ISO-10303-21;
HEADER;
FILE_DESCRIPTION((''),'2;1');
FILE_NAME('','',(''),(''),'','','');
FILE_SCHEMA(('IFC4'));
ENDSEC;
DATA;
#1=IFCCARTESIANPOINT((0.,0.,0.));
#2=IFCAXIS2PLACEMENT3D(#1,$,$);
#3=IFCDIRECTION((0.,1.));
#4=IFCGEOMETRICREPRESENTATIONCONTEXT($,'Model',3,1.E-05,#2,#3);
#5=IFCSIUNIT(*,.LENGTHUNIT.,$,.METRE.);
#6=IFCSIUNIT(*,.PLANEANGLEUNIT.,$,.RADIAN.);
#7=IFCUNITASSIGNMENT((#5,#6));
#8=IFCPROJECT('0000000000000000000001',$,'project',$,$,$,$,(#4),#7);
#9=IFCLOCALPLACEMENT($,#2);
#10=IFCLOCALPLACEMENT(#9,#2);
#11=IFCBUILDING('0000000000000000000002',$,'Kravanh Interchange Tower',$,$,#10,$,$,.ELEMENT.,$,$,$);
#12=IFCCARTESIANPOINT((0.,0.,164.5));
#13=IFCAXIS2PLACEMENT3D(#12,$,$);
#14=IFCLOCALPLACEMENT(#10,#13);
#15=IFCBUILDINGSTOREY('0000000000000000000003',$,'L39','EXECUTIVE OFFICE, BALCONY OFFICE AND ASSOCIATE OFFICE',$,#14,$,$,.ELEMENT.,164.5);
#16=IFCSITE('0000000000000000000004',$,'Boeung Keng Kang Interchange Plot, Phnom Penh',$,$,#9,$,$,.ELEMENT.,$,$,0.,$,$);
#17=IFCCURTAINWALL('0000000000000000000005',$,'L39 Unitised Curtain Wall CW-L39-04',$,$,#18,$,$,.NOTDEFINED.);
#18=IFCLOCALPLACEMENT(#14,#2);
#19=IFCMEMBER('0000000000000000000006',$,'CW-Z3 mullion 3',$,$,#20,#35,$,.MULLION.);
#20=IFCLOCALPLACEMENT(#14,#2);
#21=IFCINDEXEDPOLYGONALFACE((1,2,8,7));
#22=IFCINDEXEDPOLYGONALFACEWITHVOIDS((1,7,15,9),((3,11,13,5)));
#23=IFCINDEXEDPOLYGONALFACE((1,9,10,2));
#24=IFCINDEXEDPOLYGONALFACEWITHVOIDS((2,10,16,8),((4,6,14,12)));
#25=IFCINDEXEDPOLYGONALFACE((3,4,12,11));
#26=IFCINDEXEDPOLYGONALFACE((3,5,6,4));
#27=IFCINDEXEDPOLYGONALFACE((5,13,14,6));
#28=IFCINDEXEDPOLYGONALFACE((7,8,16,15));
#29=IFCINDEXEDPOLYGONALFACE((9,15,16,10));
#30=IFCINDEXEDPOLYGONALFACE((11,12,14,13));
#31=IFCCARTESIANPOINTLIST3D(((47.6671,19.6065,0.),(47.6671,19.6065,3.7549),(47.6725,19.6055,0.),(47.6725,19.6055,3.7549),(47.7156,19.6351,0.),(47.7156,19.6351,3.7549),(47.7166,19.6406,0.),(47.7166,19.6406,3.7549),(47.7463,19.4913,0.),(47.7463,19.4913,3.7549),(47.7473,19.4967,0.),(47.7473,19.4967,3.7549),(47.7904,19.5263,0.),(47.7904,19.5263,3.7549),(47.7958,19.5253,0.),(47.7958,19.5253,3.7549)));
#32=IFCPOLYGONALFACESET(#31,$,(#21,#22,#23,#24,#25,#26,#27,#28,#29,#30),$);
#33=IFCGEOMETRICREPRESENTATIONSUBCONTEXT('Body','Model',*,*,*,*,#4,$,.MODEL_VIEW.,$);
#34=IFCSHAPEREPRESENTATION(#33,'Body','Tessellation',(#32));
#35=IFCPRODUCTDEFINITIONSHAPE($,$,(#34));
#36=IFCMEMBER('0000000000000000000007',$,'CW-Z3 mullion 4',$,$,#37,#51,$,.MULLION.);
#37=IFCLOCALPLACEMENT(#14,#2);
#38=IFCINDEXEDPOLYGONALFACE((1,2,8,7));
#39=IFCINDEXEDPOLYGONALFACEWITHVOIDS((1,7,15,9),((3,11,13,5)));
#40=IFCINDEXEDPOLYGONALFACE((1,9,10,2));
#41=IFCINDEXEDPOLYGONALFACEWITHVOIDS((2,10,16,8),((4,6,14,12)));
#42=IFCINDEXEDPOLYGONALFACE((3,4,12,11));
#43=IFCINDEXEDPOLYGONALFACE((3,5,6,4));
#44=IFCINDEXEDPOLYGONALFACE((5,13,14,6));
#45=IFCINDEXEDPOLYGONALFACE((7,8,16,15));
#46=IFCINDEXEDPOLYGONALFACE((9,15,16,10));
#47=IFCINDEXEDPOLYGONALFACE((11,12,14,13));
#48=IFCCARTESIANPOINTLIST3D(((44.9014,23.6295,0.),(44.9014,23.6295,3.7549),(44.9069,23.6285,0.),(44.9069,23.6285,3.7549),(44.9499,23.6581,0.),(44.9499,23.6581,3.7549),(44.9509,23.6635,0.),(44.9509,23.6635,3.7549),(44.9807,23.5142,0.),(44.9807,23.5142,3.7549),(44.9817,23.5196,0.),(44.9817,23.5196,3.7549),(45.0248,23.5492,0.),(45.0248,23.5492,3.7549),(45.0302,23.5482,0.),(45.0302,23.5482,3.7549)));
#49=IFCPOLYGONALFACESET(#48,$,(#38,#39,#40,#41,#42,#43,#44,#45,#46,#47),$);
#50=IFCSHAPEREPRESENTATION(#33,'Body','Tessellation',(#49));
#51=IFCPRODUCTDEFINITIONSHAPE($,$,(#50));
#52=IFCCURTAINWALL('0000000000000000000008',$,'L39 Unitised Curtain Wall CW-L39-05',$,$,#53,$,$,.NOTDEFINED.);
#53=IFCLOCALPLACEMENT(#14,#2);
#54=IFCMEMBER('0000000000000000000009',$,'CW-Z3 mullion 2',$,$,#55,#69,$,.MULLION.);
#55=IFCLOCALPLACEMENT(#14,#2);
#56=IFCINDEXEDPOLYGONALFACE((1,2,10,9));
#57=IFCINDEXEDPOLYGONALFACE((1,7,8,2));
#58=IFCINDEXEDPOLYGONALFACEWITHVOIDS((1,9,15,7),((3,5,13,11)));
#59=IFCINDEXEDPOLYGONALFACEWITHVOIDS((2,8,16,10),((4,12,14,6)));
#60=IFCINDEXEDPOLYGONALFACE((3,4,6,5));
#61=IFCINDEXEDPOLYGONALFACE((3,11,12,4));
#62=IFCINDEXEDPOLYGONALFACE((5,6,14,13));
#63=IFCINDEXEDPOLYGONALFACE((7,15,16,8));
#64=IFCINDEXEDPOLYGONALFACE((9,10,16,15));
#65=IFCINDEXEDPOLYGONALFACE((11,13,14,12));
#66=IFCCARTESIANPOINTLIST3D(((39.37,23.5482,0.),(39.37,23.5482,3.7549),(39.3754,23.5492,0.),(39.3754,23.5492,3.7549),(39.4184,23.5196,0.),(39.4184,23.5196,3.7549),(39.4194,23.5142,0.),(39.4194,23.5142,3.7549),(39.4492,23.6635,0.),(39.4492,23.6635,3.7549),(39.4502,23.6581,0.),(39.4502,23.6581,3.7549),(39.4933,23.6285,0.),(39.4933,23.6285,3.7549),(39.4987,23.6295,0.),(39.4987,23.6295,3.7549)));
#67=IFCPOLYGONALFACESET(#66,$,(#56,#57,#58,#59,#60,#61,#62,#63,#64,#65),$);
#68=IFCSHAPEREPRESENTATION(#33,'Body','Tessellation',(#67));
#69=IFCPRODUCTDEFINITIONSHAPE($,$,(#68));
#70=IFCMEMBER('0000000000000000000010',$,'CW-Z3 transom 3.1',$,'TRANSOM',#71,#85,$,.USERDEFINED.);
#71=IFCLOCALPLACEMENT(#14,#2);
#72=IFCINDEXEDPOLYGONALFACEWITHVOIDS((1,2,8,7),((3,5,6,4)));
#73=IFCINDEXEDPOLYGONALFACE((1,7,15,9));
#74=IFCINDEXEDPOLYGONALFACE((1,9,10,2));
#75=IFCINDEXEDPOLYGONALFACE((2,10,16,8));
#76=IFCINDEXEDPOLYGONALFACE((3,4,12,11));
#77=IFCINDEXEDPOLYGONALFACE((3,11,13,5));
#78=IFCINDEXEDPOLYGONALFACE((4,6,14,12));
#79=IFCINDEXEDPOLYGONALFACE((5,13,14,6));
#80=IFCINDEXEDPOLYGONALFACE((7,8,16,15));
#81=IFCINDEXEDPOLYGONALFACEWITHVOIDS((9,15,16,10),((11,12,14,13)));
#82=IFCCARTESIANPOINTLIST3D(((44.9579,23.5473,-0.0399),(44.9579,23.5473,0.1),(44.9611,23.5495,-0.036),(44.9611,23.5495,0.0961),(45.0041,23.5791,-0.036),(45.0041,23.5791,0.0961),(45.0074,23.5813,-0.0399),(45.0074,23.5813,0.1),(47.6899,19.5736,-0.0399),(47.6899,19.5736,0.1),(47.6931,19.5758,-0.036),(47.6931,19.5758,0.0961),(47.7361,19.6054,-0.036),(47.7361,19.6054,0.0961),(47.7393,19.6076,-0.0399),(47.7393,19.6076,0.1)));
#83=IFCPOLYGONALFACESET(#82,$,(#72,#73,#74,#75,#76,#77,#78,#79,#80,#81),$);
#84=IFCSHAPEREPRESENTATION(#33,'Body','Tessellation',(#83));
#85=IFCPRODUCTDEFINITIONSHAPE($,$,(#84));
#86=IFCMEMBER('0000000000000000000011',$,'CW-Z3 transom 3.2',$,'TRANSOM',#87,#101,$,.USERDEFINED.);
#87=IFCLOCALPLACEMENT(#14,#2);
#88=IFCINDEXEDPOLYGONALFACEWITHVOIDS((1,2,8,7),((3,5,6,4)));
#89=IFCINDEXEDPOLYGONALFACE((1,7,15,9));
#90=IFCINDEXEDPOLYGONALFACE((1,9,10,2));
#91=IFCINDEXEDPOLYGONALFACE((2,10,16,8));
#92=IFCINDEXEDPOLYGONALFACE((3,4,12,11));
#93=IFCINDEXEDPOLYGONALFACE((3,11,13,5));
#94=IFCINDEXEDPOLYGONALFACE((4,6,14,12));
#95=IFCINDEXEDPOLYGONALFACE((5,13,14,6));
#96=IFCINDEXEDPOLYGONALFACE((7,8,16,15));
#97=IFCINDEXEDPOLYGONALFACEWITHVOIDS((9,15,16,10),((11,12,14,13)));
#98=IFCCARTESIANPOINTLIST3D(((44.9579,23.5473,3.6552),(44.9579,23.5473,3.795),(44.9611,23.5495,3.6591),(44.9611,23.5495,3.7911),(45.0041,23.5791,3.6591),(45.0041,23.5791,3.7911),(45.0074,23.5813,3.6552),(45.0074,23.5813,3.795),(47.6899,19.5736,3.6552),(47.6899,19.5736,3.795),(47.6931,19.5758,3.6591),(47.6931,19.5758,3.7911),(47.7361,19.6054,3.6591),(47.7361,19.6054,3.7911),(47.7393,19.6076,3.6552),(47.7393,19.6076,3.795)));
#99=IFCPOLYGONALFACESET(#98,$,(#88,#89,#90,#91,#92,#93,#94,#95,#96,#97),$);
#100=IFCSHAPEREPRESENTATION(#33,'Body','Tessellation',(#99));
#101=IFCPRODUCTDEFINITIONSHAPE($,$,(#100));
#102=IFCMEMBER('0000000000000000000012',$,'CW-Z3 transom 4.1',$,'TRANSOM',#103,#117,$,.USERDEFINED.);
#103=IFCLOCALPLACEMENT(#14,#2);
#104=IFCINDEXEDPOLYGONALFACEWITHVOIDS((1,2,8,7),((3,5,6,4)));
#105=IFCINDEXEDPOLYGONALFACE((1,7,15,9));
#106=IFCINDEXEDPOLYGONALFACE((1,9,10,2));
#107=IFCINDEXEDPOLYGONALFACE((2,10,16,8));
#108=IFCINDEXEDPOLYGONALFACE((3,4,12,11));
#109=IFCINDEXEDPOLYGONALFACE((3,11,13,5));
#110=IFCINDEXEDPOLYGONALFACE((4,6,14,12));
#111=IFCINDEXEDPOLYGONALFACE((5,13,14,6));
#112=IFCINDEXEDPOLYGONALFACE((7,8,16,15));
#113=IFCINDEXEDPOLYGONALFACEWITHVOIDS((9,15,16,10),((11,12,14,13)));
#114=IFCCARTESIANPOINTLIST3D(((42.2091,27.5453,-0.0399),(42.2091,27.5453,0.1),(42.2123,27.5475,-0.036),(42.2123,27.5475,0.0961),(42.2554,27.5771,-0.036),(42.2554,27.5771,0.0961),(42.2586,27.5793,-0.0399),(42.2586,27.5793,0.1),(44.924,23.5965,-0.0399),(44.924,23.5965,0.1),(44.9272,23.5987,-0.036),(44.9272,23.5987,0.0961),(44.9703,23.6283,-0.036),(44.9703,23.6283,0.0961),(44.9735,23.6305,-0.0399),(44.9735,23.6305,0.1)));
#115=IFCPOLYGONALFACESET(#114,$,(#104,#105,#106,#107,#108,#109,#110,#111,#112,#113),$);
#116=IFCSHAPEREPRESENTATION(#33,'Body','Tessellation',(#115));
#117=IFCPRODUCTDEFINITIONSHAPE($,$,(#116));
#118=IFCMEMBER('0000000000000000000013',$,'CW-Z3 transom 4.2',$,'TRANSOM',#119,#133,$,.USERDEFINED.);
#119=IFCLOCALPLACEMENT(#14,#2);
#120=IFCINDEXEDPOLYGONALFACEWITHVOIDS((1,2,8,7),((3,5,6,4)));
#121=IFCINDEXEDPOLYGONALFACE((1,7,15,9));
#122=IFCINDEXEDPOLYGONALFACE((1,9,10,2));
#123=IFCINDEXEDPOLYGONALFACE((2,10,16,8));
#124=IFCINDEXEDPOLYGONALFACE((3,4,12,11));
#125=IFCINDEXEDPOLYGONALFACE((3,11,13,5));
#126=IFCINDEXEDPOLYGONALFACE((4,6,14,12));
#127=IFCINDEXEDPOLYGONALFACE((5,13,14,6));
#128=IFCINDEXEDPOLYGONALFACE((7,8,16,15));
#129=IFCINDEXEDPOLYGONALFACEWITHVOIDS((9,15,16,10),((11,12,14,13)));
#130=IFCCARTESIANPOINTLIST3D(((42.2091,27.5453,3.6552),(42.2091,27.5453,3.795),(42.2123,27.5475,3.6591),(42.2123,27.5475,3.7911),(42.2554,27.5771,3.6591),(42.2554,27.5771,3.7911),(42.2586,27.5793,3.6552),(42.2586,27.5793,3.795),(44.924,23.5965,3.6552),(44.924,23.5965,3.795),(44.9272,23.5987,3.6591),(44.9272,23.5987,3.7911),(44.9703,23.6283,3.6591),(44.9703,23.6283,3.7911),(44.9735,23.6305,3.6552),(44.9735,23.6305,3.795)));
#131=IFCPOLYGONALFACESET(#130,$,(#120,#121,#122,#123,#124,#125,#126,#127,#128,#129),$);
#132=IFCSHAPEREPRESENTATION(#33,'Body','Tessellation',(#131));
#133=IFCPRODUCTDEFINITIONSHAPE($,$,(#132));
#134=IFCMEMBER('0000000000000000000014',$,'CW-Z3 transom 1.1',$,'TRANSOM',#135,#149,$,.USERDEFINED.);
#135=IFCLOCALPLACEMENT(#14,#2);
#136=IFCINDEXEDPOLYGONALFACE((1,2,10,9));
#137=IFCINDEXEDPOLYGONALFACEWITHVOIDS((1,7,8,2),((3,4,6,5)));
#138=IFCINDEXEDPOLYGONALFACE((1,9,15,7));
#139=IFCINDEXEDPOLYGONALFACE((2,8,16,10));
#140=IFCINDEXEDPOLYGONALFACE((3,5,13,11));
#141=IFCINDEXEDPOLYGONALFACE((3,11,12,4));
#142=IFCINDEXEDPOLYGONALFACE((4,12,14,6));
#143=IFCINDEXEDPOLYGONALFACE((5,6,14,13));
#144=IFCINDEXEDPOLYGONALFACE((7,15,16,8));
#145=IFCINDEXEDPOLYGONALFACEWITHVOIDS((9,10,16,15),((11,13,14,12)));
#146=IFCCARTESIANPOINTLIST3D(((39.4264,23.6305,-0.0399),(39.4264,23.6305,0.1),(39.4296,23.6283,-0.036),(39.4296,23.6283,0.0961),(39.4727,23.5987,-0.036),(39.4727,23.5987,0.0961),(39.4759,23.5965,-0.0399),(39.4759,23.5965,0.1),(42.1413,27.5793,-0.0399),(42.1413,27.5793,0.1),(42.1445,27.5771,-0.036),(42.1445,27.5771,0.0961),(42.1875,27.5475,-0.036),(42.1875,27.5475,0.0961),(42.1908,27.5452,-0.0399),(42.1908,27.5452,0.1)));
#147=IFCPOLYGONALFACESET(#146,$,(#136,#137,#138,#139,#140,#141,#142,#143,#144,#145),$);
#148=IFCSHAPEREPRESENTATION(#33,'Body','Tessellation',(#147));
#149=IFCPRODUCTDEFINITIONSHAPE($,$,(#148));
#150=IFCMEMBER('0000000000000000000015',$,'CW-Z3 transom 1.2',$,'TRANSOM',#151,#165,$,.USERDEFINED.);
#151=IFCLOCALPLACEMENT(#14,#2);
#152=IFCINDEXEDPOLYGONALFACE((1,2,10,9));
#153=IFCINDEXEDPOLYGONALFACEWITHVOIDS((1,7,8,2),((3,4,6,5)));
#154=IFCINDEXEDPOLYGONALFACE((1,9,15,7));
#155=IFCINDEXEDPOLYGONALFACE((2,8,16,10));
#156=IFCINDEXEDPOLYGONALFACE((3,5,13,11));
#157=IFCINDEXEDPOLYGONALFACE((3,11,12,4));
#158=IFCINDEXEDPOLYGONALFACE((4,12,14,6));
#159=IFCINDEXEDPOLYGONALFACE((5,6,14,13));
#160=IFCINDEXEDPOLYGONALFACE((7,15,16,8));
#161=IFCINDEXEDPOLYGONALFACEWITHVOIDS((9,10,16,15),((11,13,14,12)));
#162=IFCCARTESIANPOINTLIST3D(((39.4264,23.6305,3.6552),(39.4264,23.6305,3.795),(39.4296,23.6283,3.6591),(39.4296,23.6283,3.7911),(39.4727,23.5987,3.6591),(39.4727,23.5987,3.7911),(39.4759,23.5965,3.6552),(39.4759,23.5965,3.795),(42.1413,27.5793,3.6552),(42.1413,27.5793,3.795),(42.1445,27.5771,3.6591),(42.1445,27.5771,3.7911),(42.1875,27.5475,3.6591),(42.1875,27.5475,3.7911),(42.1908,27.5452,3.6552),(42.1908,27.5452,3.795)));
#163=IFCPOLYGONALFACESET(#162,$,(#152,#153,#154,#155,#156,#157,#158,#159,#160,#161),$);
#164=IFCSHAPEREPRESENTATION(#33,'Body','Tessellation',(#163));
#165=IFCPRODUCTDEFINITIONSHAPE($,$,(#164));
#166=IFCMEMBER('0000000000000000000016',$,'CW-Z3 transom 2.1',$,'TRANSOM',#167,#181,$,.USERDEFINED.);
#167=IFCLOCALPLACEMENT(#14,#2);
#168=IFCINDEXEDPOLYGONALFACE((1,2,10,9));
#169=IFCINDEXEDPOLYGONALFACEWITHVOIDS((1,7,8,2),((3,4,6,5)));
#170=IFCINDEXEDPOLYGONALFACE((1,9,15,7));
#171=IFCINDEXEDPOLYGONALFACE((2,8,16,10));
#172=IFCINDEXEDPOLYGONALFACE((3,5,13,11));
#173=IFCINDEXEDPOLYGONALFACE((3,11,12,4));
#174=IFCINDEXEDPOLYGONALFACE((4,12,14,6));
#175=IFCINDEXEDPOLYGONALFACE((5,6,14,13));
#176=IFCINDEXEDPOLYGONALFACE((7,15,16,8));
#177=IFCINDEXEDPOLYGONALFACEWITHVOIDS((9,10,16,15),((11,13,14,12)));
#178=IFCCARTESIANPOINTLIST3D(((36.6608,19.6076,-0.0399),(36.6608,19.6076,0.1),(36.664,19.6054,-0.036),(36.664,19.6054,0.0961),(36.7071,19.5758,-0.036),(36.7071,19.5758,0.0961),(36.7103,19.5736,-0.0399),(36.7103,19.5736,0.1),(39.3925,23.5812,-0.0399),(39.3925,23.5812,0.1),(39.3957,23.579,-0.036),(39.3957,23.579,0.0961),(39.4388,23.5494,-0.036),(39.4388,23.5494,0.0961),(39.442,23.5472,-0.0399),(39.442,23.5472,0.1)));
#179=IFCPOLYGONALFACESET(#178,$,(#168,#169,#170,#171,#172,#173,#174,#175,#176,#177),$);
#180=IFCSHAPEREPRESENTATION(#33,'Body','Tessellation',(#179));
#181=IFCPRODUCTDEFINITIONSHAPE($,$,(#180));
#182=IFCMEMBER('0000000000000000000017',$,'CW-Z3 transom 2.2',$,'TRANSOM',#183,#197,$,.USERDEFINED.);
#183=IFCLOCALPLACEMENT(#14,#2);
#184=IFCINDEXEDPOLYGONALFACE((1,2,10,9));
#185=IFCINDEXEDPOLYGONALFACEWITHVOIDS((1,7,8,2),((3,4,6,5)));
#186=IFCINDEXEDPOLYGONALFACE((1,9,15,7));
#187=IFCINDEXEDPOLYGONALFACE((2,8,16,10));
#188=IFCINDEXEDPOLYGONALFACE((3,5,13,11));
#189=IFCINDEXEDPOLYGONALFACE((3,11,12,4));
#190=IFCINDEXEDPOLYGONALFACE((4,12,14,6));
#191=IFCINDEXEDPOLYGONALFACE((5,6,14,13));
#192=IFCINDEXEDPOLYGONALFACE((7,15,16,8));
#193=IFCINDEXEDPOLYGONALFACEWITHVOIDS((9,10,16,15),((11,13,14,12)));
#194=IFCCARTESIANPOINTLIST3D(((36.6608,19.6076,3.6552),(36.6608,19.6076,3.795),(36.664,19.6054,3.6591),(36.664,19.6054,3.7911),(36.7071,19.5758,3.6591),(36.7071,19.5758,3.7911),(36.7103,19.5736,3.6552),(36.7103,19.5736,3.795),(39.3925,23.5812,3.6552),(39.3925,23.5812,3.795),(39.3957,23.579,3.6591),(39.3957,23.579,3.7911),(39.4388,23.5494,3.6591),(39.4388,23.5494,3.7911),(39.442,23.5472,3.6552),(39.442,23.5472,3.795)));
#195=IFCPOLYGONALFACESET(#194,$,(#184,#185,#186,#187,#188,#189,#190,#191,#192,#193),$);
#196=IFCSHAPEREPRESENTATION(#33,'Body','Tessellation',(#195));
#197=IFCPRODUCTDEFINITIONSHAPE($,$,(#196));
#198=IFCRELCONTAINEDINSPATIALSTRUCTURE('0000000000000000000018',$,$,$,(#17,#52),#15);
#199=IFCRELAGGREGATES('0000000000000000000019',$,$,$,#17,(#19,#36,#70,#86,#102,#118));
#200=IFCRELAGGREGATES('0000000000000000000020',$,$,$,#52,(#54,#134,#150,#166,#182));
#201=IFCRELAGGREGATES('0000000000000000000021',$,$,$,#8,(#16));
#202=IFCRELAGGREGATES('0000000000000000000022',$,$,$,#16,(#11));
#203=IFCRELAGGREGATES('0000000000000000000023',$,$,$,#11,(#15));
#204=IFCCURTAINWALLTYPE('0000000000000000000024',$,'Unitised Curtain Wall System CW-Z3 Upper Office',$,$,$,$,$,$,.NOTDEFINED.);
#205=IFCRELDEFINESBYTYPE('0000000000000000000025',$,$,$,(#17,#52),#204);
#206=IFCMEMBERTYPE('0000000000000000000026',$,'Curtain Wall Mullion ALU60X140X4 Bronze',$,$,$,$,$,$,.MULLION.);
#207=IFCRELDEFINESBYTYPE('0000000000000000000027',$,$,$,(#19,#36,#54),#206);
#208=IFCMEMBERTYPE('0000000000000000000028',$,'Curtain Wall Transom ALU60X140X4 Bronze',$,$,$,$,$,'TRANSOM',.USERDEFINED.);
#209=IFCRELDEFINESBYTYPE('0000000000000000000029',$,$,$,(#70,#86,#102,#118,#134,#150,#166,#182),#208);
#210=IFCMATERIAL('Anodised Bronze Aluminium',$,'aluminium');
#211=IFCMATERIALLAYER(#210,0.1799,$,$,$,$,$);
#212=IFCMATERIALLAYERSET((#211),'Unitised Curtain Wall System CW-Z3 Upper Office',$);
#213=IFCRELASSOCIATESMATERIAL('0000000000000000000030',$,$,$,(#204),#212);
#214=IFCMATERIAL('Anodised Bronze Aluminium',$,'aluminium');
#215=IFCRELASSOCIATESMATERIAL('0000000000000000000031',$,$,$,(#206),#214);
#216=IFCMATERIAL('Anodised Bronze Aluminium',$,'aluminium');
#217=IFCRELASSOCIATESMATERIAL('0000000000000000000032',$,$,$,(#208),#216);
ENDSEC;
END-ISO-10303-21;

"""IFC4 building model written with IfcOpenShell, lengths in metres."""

from ifc_helpers import new_model, si_unit, direction, frame, origin, origin_2d, place, context, subcontext, project, spatial, hollow_rectangle, extrude, material, layer, layer_set, material_profile, profile_set, type_object, element, aggregate, save


model = new_model("IFC4")

# Units and contexts
model_context = context("Model", 3, precision=1e-05, world=origin(), true_north=direction((0.0, 1.0)))
body_context = subcontext(model_context, "Body", "Model", "MODEL_VIEW")
ifc_project = project(units=[si_unit("LENGTHUNIT", "METRE"), si_unit("PLANEANGLEUNIT", "RADIAN")], contexts=[model_context])

# Site, building, storey
site_placement = place(None, origin())
site = spatial("IfcSite", under=ifc_project, at=site_placement, Name="Boeung Keng Kang Interchange Plot, Phnom Penh", CompositionType="ELEMENT", RefElevation=0.0)
building_placement = place(site_placement, origin())
building = spatial("IfcBuilding", under=site, at=building_placement, Name="Kravanh Interchange Tower", CompositionType="ELEMENT")
storey_placement = place(building_placement, frame((0.0, 0.0, 164.5)))
storey = spatial("IfcBuildingStorey", under=building, at=storey_placement, Name="L39", Description="EXECUTIVE OFFICE, BALCONY OFFICE AND ASSOCIATE OFFICE", CompositionType="ELEMENT", Elevation=164.5)

# Curtain wall, members
ifc_material_1 = material(Name="Anodised Bronze Aluminium", Category="aluminium")
ifc_layer_1 = layer(ifc_material_1, 0.1799)
ifc_layer_set_1 = layer_set([ifc_layer_1], Name="Unitised Curtain Wall System CW-Z3 Upper Office")
curtain_wall_type = type_object("IfcCurtainWallType", Name="Unitised Curtain Wall System CW-Z3 Upper Office", PredefinedType="NOTDEFINED", material=ifc_layer_set_1)
curtain_wall_1_placement = place(storey_placement, origin())
curtain_wall_1 = element("IfcCurtainWall", 1, at=curtain_wall_1_placement, inside=storey, type_object=curtain_wall_type, Name="L39 Unitised Curtain Wall CW-L39-04", PredefinedType="NOTDEFINED")
ifc_material_2 = material(Name="Anodised Bronze Aluminium", Category="aluminium")
ifc_material_profile_1 = material_profile(ifc_material_2, hollow_rectangle(XDim=0.0601, YDim=0.1399, WallThickness=0.0039, at=origin_2d()), Name="ALU60X140X4")
ifc_profile_set_1 = profile_set([ifc_material_profile_1], Name="Anodised Bronze Aluminium")
member_type_1 = type_object("IfcMemberType", Name="Curtain Wall Mullion ALU60X140X4 Bronze", PredefinedType="MULLION", material=ifc_profile_set_1)
member_1_placement = place(storey_placement, frame((47.7314, 19.5659, 0.0), z_axis=(0.0, 0.0, 1.0), x_axis=(-0.824042, -0.566528, 0.0)))
member_1 = element("IfcMember", 2, at=member_1_placement, type_object=member_type_1, Name="CW-Z3 mullion 3", PredefinedType="MULLION", context=body_context, shape_type="SweptSolid", body=[
    extrude(hollow_rectangle(XDim=0.0601, YDim=0.1399, WallThickness=0.0039, at=origin_2d()), origin(), (0.0, 0.0, 1.0), 3.7549),
])
member_2_placement = place(storey_placement, frame((44.9658, 23.5889, 0.0), z_axis=(0.0, 0.0, 1.0), x_axis=(-0.824042, -0.566528, 0.0)))
member_2 = element("IfcMember", 3, at=member_2_placement, type_object=member_type_1, Name="CW-Z3 mullion 4", PredefinedType="MULLION", context=body_context, shape_type="SweptSolid", body=[
    extrude(hollow_rectangle(XDim=0.0601, YDim=0.1399, WallThickness=0.0039, at=origin_2d()), origin(), (0.0, 0.0, 1.0), 3.7549),
])

# Curtain wall, member
curtain_wall_2_placement = place(storey_placement, origin())
curtain_wall_2 = element("IfcCurtainWall", 4, at=curtain_wall_2_placement, inside=storey, type_object=curtain_wall_type, Name="L39 Unitised Curtain Wall CW-L39-05", PredefinedType="NOTDEFINED")
member_3_placement = place(storey_placement, frame((39.4343, 23.5889, 0.0), z_axis=(0.0, 0.0, 1.0), x_axis=(0.824042, -0.566528, 0.0)))
member_3 = element("IfcMember", 5, at=member_3_placement, type_object=member_type_1, Name="CW-Z3 mullion 2", PredefinedType="MULLION", context=body_context, shape_type="SweptSolid", body=[
    extrude(hollow_rectangle(XDim=0.0601, YDim=0.1399, WallThickness=0.0039, at=origin_2d()), origin(), (0.0, 0.0, 1.0), 3.7549),
])

# Members
ifc_material_3 = material(Name="Anodised Bronze Aluminium", Category="aluminium")
ifc_material_profile_2 = material_profile(ifc_material_3, hollow_rectangle(XDim=0.0601, YDim=0.1399, WallThickness=0.0039, at=origin_2d()), Name="ALU60X140X4")
ifc_profile_set_2 = profile_set([ifc_material_profile_2], Name="Anodised Bronze Aluminium")
member_type_2 = type_object("IfcMemberType", Name="Curtain Wall Transom ALU60X140X4 Bronze", ElementType="TRANSOM", PredefinedType="USERDEFINED", material=ifc_profile_set_2)
member_4_placement = place(storey_placement, frame((47.7146, 19.5906, 0.03), z_axis=(-0.566537, 0.824036, 0.0), x_axis=(-0.824036, -0.566537, 0.0)))
member_4 = element("IfcMember", 6, at=member_4_placement, type_object=member_type_2, Name="CW-Z3 transom 3.1", ObjectType="TRANSOM", PredefinedType="USERDEFINED", context=body_context, shape_type="SweptSolid", body=[
    extrude(hollow_rectangle(XDim=0.0601, YDim=0.1399, WallThickness=0.0039, at=origin_2d()), origin(), (0.0, 0.0, 1.0), 4.8223),
])
member_5_placement = place(storey_placement, frame((47.7146, 19.5906, 3.7251), z_axis=(-0.566537, 0.824036, 0.0), x_axis=(-0.824036, -0.566537, 0.0)))
member_5 = element("IfcMember", 7, at=member_5_placement, type_object=member_type_2, Name="CW-Z3 transom 3.2", ObjectType="TRANSOM", PredefinedType="USERDEFINED", context=body_context, shape_type="SweptSolid", body=[
    extrude(hollow_rectangle(XDim=0.0601, YDim=0.1399, WallThickness=0.0039, at=origin_2d()), origin(), (0.0, 0.0, 1.0), 4.8223),
])
member_6_placement = place(storey_placement, frame((44.9487, 23.6135, 0.03), z_axis=(-0.566542, 0.824033, 0.0), x_axis=(-0.824033, -0.566542, 0.0)))
member_6 = element("IfcMember", 8, at=member_6_placement, type_object=member_type_2, Name="CW-Z3 transom 4.1", ObjectType="TRANSOM", PredefinedType="USERDEFINED", context=body_context, shape_type="SweptSolid", body=[
    extrude(hollow_rectangle(XDim=0.0601, YDim=0.1399, WallThickness=0.0039, at=origin_2d()), origin(), (0.0, 0.0, 1.0), 4.792),
])
member_7_placement = place(storey_placement, frame((44.9487, 23.6135, 3.7251), z_axis=(-0.566542, 0.824033, 0.0), x_axis=(-0.824033, -0.566542, 0.0)))
member_7 = element("IfcMember", 9, at=member_7_placement, type_object=member_type_2, Name="CW-Z3 transom 4.2", ObjectType="TRANSOM", PredefinedType="USERDEFINED", context=body_context, shape_type="SweptSolid", body=[
    extrude(hollow_rectangle(XDim=0.0601, YDim=0.1399, WallThickness=0.0039, at=origin_2d()), origin(), (0.0, 0.0, 1.0), 4.792),
])
member_8_placement = place(storey_placement, frame((42.166, 27.5623, 0.03), z_axis=(-0.566542, -0.824033, 0.0), x_axis=(0.824033, -0.566542, 0.0)))
member_8 = element("IfcMember", 10, at=member_8_placement, type_object=member_type_2, Name="CW-Z3 transom 1.1", ObjectType="TRANSOM", PredefinedType="USERDEFINED", context=body_context, shape_type="SweptSolid", body=[
    extrude(hollow_rectangle(XDim=0.0601, YDim=0.1399, WallThickness=0.0039, at=origin_2d()), origin(), (0.0, 0.0, 1.0), 4.792),
])
member_9_placement = place(storey_placement, frame((42.166, 27.5623, 3.7251), z_axis=(-0.566542, -0.824033, 0.0), x_axis=(0.824033, -0.566542, 0.0)))
member_9 = element("IfcMember", 11, at=member_9_placement, type_object=member_type_2, Name="CW-Z3 transom 1.2", ObjectType="TRANSOM", PredefinedType="USERDEFINED", context=body_context, shape_type="SweptSolid", body=[
    extrude(hollow_rectangle(XDim=0.0601, YDim=0.1399, WallThickness=0.0039, at=origin_2d()), origin(), (0.0, 0.0, 1.0), 4.792),
])
member_10_placement = place(storey_placement, frame((39.4172, 23.5642, 0.03), z_axis=(-0.566503, -0.82406, 0.0), x_axis=(0.82406, -0.566503, 0.0)))
member_10 = element("IfcMember", 12, at=member_10_placement, type_object=member_type_2, Name="CW-Z3 transom 2.1", ObjectType="TRANSOM", PredefinedType="USERDEFINED", context=body_context, shape_type="SweptSolid", body=[
    extrude(hollow_rectangle(XDim=0.0601, YDim=0.1399, WallThickness=0.0039, at=origin_2d()), origin(), (0.0, 0.0, 1.0), 4.822),
])
member_11_placement = place(storey_placement, frame((39.4172, 23.5642, 3.7251), z_axis=(-0.566503, -0.82406, 0.0), x_axis=(0.82406, -0.566503, 0.0)))
member_11 = element("IfcMember", 13, at=member_11_placement, type_object=member_type_2, Name="CW-Z3 transom 2.2", ObjectType="TRANSOM", PredefinedType="USERDEFINED", context=body_context, shape_type="SweptSolid", body=[
    extrude(hollow_rectangle(XDim=0.0601, YDim=0.1399, WallThickness=0.0039, at=origin_2d()), origin(), (0.0, 0.0, 1.0), 4.822),
])

aggregate(curtain_wall_1, [member_1, member_2, member_4, member_5, member_6, member_7])
aggregate(curtain_wall_2, [member_3, member_8, member_9, member_10, member_11])

save(model, "model.ifc")
